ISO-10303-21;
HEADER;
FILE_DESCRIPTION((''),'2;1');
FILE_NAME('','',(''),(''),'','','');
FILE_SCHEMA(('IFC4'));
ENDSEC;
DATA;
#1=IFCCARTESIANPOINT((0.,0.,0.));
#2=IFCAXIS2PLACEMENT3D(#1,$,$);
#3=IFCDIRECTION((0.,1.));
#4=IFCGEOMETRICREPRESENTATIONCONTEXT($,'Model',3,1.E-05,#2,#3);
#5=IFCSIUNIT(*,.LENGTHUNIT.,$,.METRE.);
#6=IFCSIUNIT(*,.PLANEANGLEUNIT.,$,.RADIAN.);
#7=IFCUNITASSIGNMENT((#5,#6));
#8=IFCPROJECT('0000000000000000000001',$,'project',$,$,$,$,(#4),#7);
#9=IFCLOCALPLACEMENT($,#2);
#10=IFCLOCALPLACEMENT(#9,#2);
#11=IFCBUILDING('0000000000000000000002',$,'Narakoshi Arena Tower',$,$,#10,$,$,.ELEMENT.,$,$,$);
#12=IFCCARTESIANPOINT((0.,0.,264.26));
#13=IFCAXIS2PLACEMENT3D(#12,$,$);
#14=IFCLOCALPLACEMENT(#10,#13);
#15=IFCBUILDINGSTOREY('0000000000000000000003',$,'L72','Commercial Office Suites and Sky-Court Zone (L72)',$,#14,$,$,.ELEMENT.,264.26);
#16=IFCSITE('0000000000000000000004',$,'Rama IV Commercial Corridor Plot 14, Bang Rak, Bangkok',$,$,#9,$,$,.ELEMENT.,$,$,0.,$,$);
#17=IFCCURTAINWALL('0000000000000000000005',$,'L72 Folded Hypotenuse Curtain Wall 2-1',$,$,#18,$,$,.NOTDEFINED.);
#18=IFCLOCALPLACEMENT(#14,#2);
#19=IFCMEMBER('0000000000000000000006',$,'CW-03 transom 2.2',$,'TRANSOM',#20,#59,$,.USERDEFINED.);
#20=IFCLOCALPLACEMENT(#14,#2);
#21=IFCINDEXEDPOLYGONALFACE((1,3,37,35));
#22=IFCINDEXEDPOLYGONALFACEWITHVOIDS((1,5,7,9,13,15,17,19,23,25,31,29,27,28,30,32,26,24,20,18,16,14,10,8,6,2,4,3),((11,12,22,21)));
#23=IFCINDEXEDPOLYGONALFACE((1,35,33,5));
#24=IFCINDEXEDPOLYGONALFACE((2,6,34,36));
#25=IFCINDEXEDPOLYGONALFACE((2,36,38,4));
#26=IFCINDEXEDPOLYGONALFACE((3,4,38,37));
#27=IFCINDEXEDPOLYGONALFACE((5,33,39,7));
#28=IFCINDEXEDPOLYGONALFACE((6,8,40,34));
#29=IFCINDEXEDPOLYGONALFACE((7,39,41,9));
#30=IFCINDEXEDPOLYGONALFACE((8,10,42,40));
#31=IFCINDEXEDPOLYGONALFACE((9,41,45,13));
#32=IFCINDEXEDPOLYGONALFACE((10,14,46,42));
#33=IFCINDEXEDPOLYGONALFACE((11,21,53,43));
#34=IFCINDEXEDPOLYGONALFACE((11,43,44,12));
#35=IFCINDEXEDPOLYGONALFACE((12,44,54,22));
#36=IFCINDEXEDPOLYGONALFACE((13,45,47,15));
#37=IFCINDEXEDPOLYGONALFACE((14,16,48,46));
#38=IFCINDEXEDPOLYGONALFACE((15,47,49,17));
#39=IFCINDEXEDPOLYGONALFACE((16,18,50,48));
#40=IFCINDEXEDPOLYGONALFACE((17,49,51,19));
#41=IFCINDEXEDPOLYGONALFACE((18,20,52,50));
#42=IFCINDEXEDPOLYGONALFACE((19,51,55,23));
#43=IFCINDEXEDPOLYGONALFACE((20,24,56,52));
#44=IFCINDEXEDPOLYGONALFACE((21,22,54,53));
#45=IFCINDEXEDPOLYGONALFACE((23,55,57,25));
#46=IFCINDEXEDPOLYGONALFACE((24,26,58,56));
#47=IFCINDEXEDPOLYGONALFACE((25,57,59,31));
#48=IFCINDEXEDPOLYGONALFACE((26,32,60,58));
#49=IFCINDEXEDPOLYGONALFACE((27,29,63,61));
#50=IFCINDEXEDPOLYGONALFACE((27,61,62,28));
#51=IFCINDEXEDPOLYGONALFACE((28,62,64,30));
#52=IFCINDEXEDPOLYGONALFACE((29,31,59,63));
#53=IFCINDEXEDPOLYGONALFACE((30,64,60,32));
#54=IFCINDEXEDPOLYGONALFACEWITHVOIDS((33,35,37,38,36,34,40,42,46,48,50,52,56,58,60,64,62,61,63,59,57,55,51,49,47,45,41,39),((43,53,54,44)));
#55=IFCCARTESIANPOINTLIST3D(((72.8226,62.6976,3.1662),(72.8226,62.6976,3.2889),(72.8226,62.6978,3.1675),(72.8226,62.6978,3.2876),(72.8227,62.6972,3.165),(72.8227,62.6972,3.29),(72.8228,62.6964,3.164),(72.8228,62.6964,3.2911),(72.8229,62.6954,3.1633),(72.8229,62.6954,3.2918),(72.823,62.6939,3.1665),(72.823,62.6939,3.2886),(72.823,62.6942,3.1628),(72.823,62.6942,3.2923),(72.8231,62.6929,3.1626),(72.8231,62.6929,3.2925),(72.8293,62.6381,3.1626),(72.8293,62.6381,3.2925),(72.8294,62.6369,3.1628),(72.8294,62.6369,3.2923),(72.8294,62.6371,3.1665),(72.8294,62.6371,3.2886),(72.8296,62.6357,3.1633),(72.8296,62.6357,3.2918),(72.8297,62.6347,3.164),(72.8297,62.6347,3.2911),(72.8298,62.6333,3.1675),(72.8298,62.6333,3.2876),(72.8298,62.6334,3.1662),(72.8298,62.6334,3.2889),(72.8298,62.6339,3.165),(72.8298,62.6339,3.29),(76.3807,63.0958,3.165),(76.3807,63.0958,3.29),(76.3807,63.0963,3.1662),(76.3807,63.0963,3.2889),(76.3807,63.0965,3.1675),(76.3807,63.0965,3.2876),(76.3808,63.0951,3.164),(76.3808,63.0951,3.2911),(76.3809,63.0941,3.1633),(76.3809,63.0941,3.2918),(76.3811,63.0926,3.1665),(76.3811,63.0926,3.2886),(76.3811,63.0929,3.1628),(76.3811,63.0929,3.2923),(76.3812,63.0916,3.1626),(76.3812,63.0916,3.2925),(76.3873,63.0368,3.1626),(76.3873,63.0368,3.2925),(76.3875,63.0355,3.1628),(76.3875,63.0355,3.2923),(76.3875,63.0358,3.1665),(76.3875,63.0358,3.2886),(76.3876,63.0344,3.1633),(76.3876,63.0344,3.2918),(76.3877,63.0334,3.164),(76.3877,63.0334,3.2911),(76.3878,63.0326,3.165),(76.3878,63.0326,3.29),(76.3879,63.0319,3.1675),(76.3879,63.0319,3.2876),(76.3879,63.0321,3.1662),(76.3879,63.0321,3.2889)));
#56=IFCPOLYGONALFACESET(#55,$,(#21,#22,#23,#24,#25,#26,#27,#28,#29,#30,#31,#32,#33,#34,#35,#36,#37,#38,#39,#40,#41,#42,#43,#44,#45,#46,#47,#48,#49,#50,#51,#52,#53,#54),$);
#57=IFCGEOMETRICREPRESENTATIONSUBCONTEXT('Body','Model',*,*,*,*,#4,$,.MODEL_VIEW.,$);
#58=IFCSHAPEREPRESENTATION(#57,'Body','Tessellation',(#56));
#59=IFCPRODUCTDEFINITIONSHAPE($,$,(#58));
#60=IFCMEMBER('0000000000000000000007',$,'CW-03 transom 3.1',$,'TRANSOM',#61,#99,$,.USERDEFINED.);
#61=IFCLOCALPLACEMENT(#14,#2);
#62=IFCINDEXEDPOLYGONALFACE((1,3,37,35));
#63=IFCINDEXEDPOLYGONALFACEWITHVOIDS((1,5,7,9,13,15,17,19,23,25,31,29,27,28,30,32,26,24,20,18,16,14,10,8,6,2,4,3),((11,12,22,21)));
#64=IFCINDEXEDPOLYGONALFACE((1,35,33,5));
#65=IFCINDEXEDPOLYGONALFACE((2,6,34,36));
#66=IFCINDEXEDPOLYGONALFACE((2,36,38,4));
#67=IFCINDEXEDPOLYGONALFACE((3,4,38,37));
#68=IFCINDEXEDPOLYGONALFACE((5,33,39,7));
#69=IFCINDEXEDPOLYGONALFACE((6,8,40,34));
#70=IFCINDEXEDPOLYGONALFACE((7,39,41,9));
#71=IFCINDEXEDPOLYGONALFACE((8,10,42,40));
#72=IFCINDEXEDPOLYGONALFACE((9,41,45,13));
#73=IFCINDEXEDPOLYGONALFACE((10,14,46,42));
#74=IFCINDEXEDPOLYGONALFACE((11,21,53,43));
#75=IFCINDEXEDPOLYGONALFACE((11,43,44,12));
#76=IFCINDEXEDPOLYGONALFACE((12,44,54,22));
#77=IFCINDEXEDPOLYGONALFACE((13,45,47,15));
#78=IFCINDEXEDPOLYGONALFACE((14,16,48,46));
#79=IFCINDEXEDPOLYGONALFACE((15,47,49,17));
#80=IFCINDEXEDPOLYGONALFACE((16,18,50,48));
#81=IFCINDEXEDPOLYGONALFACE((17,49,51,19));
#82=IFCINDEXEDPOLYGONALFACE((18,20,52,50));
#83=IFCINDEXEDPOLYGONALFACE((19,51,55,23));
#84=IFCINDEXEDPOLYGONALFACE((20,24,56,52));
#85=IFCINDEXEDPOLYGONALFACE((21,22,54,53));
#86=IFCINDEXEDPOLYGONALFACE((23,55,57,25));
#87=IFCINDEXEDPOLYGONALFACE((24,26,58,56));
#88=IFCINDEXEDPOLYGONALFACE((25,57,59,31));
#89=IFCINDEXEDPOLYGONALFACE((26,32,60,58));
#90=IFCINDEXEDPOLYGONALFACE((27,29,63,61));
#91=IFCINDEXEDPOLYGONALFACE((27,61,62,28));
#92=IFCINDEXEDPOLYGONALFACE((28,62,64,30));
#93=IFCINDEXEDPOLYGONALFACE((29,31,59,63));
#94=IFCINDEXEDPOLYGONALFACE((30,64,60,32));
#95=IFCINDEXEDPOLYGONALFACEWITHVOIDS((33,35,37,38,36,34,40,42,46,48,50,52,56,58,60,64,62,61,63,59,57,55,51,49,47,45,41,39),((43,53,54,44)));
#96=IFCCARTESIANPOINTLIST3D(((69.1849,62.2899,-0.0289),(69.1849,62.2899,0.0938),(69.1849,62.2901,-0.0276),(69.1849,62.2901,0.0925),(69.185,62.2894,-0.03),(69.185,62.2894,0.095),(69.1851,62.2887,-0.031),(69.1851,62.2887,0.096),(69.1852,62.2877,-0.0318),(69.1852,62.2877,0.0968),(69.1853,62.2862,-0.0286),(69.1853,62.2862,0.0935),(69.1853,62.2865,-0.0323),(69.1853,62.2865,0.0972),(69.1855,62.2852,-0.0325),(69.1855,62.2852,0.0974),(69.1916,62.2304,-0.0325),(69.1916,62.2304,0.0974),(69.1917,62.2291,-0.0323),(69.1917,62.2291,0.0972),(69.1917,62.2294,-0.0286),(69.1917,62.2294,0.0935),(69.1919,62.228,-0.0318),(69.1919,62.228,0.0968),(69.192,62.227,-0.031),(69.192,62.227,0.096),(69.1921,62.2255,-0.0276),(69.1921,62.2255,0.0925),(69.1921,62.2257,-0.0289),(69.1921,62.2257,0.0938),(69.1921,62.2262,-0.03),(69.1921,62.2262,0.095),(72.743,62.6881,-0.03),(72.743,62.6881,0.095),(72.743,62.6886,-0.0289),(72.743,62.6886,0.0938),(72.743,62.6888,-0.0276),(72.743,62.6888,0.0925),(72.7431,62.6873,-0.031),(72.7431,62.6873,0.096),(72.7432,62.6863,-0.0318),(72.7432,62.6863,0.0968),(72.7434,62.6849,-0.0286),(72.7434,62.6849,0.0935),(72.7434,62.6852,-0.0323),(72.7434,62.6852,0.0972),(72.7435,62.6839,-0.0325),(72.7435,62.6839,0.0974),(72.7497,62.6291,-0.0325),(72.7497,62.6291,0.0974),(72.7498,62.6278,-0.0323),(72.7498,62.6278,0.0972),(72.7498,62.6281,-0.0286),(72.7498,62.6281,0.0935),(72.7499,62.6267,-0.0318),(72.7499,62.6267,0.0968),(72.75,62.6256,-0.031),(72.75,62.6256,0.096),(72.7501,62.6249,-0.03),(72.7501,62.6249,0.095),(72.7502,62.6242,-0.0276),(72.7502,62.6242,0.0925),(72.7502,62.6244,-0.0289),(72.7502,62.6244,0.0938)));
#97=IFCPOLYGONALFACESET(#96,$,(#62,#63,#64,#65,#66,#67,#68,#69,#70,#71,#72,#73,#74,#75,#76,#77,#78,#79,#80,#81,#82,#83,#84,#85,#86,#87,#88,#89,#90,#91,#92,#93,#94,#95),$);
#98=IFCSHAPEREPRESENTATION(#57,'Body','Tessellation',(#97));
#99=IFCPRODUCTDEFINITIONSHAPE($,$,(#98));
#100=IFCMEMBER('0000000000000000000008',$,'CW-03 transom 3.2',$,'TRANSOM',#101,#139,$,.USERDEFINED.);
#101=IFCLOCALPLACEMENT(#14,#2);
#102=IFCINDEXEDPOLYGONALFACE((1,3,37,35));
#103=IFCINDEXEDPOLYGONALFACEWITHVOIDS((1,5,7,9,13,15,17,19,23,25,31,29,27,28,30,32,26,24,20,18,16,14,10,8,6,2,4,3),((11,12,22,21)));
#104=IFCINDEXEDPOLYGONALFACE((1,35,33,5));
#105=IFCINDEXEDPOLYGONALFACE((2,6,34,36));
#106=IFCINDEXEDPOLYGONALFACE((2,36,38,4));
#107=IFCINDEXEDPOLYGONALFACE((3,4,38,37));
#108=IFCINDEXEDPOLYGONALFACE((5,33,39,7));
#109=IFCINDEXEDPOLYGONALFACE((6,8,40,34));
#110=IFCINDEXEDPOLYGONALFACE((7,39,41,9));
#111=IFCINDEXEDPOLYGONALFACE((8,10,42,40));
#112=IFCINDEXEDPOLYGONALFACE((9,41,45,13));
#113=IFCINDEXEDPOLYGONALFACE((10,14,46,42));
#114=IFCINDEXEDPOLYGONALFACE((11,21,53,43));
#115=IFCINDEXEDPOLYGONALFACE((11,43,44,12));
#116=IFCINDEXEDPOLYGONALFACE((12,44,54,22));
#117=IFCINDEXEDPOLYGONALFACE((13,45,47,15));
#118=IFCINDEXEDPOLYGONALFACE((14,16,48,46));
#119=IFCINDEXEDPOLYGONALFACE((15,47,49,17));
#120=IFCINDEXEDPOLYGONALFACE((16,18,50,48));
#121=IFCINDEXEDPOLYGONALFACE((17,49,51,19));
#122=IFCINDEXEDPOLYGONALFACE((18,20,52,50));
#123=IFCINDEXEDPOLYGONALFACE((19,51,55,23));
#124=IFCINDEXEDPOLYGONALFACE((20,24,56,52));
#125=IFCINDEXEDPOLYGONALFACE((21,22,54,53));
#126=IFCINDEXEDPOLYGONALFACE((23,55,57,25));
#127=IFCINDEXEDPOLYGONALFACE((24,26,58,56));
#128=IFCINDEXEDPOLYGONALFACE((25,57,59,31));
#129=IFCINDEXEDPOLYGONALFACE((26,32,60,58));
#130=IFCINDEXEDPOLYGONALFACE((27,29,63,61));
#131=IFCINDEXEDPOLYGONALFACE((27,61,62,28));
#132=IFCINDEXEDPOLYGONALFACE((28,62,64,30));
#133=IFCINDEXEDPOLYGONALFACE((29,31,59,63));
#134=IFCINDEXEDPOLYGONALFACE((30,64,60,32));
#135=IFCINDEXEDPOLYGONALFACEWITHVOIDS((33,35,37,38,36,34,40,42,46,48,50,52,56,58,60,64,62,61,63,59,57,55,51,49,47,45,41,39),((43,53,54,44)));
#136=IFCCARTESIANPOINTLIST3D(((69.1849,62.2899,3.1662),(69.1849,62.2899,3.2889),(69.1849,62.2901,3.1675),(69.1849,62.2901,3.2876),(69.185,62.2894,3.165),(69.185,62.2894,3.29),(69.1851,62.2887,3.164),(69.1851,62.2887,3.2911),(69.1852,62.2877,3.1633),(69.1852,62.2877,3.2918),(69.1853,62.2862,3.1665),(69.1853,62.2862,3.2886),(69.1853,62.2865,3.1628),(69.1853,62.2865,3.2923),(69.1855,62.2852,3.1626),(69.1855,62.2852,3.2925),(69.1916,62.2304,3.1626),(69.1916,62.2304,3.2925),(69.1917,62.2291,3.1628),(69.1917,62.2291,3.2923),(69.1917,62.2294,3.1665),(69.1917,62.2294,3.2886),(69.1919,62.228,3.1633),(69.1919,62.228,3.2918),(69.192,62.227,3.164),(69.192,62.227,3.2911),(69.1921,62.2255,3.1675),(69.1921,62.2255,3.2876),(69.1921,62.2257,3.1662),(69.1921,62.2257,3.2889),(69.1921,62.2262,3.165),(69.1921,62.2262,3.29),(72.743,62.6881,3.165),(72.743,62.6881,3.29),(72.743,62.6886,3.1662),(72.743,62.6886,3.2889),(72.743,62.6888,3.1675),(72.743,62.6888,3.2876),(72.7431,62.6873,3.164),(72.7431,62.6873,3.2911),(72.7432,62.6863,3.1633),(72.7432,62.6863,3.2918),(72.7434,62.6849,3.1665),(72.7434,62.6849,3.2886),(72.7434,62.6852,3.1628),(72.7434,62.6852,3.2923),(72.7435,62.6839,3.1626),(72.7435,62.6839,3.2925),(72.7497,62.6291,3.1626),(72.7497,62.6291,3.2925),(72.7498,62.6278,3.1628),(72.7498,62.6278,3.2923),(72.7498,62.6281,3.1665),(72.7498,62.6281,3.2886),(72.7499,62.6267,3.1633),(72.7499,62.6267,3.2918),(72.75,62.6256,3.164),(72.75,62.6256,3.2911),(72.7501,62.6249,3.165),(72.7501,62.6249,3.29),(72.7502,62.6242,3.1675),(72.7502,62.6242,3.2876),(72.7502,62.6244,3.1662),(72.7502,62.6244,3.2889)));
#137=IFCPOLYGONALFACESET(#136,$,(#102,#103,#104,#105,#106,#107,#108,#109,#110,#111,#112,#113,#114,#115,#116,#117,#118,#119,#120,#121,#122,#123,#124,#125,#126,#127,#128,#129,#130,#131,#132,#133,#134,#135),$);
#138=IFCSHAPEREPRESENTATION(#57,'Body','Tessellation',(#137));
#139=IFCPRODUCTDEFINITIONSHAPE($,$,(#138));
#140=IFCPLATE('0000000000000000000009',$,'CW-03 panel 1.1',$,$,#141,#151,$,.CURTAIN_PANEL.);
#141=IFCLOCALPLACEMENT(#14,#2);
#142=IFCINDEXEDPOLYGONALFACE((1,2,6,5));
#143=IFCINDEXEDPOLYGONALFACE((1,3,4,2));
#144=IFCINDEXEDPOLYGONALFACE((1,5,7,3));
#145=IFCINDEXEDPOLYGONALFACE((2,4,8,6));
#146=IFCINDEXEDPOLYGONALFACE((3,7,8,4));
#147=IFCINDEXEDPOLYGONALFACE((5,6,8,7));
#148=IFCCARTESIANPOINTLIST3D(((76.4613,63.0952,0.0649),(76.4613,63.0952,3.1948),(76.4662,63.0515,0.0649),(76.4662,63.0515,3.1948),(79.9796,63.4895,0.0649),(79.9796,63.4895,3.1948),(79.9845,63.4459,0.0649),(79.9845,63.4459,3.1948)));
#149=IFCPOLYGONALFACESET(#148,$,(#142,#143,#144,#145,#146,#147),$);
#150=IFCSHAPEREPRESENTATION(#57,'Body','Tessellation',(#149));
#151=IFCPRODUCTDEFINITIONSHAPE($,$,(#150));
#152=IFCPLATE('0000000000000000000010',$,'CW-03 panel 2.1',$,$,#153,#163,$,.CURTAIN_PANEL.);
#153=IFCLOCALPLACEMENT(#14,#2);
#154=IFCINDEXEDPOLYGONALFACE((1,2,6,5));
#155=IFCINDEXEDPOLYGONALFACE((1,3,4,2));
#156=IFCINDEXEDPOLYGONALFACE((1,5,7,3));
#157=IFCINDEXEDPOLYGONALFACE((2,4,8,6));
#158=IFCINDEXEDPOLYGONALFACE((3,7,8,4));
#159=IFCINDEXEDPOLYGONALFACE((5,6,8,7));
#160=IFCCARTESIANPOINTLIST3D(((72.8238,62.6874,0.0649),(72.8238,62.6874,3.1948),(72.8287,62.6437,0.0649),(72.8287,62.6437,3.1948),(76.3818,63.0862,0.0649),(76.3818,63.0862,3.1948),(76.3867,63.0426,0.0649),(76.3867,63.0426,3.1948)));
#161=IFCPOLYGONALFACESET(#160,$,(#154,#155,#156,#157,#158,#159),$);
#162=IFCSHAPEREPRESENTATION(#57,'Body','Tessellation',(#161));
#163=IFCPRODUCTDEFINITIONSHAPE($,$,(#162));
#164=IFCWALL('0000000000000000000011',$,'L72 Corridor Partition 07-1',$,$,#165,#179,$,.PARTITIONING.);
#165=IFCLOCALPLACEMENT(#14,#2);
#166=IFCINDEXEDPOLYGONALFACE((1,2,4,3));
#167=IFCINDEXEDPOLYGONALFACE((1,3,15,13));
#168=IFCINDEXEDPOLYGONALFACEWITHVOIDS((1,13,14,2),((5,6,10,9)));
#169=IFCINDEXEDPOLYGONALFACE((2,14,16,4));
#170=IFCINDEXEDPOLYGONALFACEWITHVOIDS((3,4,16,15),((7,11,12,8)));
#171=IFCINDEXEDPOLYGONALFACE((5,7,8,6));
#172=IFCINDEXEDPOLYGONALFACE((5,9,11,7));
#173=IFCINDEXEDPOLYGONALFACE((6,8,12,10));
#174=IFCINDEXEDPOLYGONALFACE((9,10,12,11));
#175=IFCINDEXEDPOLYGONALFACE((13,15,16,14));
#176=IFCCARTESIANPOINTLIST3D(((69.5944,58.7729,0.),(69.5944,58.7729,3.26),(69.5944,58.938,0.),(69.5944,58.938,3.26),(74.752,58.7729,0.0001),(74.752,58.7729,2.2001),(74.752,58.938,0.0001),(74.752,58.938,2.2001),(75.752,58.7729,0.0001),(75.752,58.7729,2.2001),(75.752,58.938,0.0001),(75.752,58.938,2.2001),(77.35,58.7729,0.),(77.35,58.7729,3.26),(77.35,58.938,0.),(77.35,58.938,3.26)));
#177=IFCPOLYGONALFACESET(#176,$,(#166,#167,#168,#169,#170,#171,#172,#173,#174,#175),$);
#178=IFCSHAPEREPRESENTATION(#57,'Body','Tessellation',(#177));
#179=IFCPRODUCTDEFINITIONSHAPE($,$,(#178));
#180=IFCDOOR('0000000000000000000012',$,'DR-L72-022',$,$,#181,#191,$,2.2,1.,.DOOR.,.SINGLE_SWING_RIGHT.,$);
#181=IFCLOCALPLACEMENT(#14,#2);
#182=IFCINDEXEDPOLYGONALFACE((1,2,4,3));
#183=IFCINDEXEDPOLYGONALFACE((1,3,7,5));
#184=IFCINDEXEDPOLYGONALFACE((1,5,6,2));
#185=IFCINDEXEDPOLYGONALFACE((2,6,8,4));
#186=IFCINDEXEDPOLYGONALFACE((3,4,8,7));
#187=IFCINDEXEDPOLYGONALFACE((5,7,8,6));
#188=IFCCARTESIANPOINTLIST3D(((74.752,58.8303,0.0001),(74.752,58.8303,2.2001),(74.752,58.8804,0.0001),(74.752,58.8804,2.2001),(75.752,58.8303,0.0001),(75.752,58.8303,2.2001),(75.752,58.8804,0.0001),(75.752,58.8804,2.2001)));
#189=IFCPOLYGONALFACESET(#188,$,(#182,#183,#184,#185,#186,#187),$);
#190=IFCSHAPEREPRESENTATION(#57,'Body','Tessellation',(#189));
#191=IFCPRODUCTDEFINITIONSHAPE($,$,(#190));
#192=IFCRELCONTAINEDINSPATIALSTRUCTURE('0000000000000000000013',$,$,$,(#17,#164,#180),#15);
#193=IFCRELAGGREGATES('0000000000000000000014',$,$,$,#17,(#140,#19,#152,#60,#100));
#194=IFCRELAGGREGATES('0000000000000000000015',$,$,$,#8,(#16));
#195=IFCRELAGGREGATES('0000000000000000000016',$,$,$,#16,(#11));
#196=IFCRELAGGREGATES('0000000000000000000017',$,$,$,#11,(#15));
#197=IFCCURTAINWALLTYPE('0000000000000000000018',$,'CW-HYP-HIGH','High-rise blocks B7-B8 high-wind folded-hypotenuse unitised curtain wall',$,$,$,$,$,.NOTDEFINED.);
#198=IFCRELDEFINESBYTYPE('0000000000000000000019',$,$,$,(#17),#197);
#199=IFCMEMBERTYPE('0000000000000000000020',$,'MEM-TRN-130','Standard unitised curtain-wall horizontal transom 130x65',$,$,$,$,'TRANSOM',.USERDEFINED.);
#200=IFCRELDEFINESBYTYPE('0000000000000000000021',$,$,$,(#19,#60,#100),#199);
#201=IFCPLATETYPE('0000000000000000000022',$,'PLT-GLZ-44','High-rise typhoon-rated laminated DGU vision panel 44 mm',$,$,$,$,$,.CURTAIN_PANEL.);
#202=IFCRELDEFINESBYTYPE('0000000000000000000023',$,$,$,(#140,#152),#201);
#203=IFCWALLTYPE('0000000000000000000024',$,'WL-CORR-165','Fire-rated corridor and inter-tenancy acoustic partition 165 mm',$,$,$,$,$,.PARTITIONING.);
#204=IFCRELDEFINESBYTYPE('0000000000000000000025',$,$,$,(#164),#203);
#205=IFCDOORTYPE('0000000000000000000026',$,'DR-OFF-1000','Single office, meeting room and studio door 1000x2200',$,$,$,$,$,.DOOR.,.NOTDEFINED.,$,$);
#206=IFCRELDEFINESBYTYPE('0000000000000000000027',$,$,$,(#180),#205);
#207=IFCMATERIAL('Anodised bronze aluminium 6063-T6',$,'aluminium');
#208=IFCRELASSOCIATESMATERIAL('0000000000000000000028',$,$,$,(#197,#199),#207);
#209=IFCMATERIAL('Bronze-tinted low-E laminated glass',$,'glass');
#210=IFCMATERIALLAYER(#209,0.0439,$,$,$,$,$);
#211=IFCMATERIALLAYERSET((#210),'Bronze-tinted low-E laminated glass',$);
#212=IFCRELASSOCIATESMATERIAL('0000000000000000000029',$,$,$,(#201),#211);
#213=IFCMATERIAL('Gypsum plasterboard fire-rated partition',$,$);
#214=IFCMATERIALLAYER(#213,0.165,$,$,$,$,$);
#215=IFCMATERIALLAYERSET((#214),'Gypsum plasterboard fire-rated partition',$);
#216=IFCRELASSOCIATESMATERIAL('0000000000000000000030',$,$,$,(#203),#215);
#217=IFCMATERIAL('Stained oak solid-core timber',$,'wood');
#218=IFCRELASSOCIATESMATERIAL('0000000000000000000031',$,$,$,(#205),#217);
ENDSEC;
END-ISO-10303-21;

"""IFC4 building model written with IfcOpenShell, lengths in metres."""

from ifc_helpers import new_model, si_unit, direction, frame, frame_2d, origin, origin_2d, place, context, subcontext, project, spatial, rectangle, hollow_rectangle, extrude, material, layer, layer_set, material_profile, profile_set, type_object, element, fill, aggregate, save


model = new_model("IFC4")

# Units and contexts
model_context = context("Model", 3, precision=1e-05, world=origin(), true_north=direction((0.0, 1.0)))
body_context = subcontext(model_context, "Body", "Model", "MODEL_VIEW")
ifc_project = project(units=[si_unit("LENGTHUNIT", "METRE"), si_unit("PLANEANGLEUNIT", "RADIAN")], contexts=[model_context])

# Site, building, storey
site_placement = place(None, origin())
site = spatial("IfcSite", under=ifc_project, at=site_placement, Name="Rama IV Commercial Corridor Plot 14, Bang Rak, Bangkok", CompositionType="ELEMENT", RefElevation=0.0)
building_placement = place(site_placement, origin())
building = spatial("IfcBuilding", under=site, at=building_placement, Name="Narakoshi Arena Tower", CompositionType="ELEMENT")
storey_placement = place(building_placement, frame((0.0, 0.0, 264.26)))
storey = spatial("IfcBuildingStorey", under=building, at=storey_placement, Name="L72", Description="Commercial Office Suites and Sky-Court Zone (L72)", CompositionType="ELEMENT", Elevation=264.26)

# Curtain wall, members, plates
ifc_material_1 = material(Name="Anodised bronze aluminium 6063-T6", Category="aluminium")
curtain_wall_type = type_object("IfcCurtainWallType", Name="CW-HYP-HIGH", Description="High-rise blocks B7-B8 high-wind folded-hypotenuse unitised curtain wall", PredefinedType="NOTDEFINED", material=ifc_material_1)
curtain_wall_placement = place(storey_placement, origin())
curtain_wall = element("IfcCurtainWall", 1, at=curtain_wall_placement, inside=storey, type_object=curtain_wall_type, Name="L72 Folded Hypotenuse Curtain Wall 2-1", PredefinedType="NOTDEFINED")
ifc_material_profile_1 = material_profile(ifc_material_1, hollow_rectangle(XDim=0.0649, YDim=0.1299, WallThickness=0.0039, OuterFilletRadius=0.0049, at=origin_2d()), Name="TRN130x65x4")
ifc_profile_set_1 = profile_set([ifc_material_profile_1], Name="Anodised bronze aluminium 6063-T6")
member_type_1 = type_object("IfcMemberType", Name="MEM-TRN-130", Description="Standard unitised curtain-wall horizontal transom 130x65", ElementType="TRANSOM", PredefinedType="USERDEFINED", material=ifc_profile_set_1)
member_1_placement = place(storey_placement, frame((76.3843, 63.0642, 3.2275), z_axis=(-0.993781, -0.111352, 0.0), x_axis=(0.111352, -0.993781, 0.0)))
member_1 = element("IfcMember", 2, at=member_1_placement, type_object=member_type_1, Name="CW-03 transom 2.2", ObjectType="TRANSOM", PredefinedType="USERDEFINED", context=body_context, shape_type="SweptSolid", body=[
    extrude(hollow_rectangle(XDim=0.0649, YDim=0.1299, WallThickness=0.0039, OuterFilletRadius=0.0049, at=origin_2d()), origin(), (0.0, 0.0, 1.0), 3.5803),
])
member_2_placement = place(storey_placement, frame((72.7466, 62.6565, 0.0325), z_axis=(-0.993781, -0.111352, 0.0), x_axis=(0.111352, -0.993781, 0.0)))
member_2 = element("IfcMember", 3, at=member_2_placement, type_object=member_type_1, Name="CW-03 transom 3.1", ObjectType="TRANSOM", PredefinedType="USERDEFINED", context=body_context, shape_type="SweptSolid", body=[
    extrude(hollow_rectangle(XDim=0.0649, YDim=0.1299, WallThickness=0.0039, OuterFilletRadius=0.0049, at=origin_2d()), origin(), (0.0, 0.0, 1.0), 3.5803),
])
member_3_placement = place(storey_placement, frame((72.7466, 62.6565, 3.2275), z_axis=(-0.993781, -0.111352, 0.0), x_axis=(0.111352, -0.993781, 0.0)))
member_3 = element("IfcMember", 4, at=member_3_placement, type_object=member_type_1, Name="CW-03 transom 3.2", ObjectType="TRANSOM", PredefinedType="USERDEFINED", context=body_context, shape_type="SweptSolid", body=[
    extrude(hollow_rectangle(XDim=0.0649, YDim=0.1299, WallThickness=0.0039, OuterFilletRadius=0.0049, at=origin_2d()), origin(), (0.0, 0.0, 1.0), 3.5803),
])
ifc_material_2 = material(Name="Bronze-tinted low-E laminated glass", Category="glass")
ifc_layer_1 = layer(ifc_material_2, 0.0439)
ifc_layer_set_1 = layer_set([ifc_layer_1], Name="Bronze-tinted low-E laminated glass")
plate_type = type_object("IfcPlateType", Name="PLT-GLZ-44", Description="High-rise typhoon-rated laminated DGU vision panel 44 mm", PredefinedType="CURTAIN_PANEL", material=ifc_layer_set_1)
plate_1_placement = place(storey_placement, frame((78.2229, 63.2705, 0.0649), z_axis=(0.0, 0.0, 1.0), x_axis=(-0.993776, -0.111396, 0.0)))
plate_1 = element("IfcPlate", 5, at=plate_1_placement, type_object=plate_type, Name="CW-03 panel 1.1", PredefinedType="CURTAIN_PANEL", context=body_context, shape_type="SweptSolid", body=[
    extrude(rectangle(XDim=3.5403, YDim=0.0439, at=origin_2d()), origin(), (0.0, 0.0, 1.0), 3.1299),
])
plate_2_placement = place(storey_placement, frame((74.6052, 62.865, 0.0649), z_axis=(0.0, 0.0, 1.0), x_axis=(-0.993776, -0.111396, 0.0)))
plate_2 = element("IfcPlate", 6, at=plate_2_placement, type_object=plate_type, Name="CW-03 panel 2.1", PredefinedType="CURTAIN_PANEL", context=body_context, shape_type="SweptSolid", body=[
    extrude(rectangle(XDim=3.5803, YDim=0.0439, at=origin_2d()), origin(), (0.0, 0.0, 1.0), 3.1299),
])
aggregate(curtain_wall, [plate_1, member_1, plate_2, member_2, member_3])

# Wall, opening, door
ifc_material_3 = material(Name="Gypsum plasterboard fire-rated partition")
ifc_layer_2 = layer(ifc_material_3, 0.165)
ifc_layer_set_2 = layer_set([ifc_layer_2], Name="Gypsum plasterboard fire-rated partition")
wall_type_1 = type_object("IfcWallType", Name="WL-CORR-165", Description="Fire-rated corridor and inter-tenancy acoustic partition 165 mm", PredefinedType="PARTITIONING", material=ifc_layer_set_2)
wall_1_placement = place(storey_placement, frame((77.3501, 58.8555, 0.0), z_axis=(0.0, 0.0, 1.0), x_axis=(-1.0, 0.0, 0.0)))
wall_1 = element("IfcWall", 7, at=wall_1_placement, inside=storey, type_object=wall_type_1, Name="L72 Corridor Partition 07-1", PredefinedType="PARTITIONING", context=body_context, shape_type="SweptSolid", body=[
    extrude(rectangle(XDim=7.7556, YDim=0.165, at=frame_2d((3.8779, 0.0))), origin(), (0.0, 0.0, 1.0), 3.26),
])
opening_placement = place(wall_1_placement, frame((1.5981, 0.0, 0.0)))
opening = element("IfcOpeningElement", 8, at=opening_placement, cuts=wall_1, PredefinedType="OPENING", context=body_context, shape_type="SweptSolid", body=[
    extrude(rectangle(XDim=1.0, YDim=2.2, at=frame_2d((0.5, 1.1001))), frame((0.0, 0.0925, 0.0), z_axis=(0.0, -1.0, 0.0), x_axis=(1.0, 0.0, 0.0)), (0.0, 0.0, 1.0), 0.1851),
])
ifc_material_4 = material(Name="Stained oak solid-core timber", Category="wood")
door_type = type_object("IfcDoorType", Name="DR-OFF-1000", Description="Single office, meeting room and studio door 1000x2200", OperationType="NOTDEFINED", PredefinedType="DOOR", material=ifc_material_4)
door_placement = place(opening_placement, frame((1.0, 0.0, 0.0), z_axis=(0.0, 0.0, 1.0), x_axis=(-1.0, 0.0, 0.0)))
door = element("IfcDoor", 9, at=door_placement, inside=storey, type_object=door_type, Name="DR-L72-022", OperationType="SINGLE_SWING_RIGHT", OverallHeight=2.2, OverallWidth=1.0, PredefinedType="DOOR", context=body_context, shape_type="SweptSolid", body=[
    extrude(rectangle(XDim=1.0, YDim=2.2, at=frame_2d((0.5, 1.1001))), frame((0.0, 0.0249, 0.0), z_axis=(0.0, -1.0, 0.0), x_axis=(1.0, 0.0, 0.0)), (0.0, 0.0, 1.0), 0.05),
])
fill(opening, door)

save(model, "model.ifc")
